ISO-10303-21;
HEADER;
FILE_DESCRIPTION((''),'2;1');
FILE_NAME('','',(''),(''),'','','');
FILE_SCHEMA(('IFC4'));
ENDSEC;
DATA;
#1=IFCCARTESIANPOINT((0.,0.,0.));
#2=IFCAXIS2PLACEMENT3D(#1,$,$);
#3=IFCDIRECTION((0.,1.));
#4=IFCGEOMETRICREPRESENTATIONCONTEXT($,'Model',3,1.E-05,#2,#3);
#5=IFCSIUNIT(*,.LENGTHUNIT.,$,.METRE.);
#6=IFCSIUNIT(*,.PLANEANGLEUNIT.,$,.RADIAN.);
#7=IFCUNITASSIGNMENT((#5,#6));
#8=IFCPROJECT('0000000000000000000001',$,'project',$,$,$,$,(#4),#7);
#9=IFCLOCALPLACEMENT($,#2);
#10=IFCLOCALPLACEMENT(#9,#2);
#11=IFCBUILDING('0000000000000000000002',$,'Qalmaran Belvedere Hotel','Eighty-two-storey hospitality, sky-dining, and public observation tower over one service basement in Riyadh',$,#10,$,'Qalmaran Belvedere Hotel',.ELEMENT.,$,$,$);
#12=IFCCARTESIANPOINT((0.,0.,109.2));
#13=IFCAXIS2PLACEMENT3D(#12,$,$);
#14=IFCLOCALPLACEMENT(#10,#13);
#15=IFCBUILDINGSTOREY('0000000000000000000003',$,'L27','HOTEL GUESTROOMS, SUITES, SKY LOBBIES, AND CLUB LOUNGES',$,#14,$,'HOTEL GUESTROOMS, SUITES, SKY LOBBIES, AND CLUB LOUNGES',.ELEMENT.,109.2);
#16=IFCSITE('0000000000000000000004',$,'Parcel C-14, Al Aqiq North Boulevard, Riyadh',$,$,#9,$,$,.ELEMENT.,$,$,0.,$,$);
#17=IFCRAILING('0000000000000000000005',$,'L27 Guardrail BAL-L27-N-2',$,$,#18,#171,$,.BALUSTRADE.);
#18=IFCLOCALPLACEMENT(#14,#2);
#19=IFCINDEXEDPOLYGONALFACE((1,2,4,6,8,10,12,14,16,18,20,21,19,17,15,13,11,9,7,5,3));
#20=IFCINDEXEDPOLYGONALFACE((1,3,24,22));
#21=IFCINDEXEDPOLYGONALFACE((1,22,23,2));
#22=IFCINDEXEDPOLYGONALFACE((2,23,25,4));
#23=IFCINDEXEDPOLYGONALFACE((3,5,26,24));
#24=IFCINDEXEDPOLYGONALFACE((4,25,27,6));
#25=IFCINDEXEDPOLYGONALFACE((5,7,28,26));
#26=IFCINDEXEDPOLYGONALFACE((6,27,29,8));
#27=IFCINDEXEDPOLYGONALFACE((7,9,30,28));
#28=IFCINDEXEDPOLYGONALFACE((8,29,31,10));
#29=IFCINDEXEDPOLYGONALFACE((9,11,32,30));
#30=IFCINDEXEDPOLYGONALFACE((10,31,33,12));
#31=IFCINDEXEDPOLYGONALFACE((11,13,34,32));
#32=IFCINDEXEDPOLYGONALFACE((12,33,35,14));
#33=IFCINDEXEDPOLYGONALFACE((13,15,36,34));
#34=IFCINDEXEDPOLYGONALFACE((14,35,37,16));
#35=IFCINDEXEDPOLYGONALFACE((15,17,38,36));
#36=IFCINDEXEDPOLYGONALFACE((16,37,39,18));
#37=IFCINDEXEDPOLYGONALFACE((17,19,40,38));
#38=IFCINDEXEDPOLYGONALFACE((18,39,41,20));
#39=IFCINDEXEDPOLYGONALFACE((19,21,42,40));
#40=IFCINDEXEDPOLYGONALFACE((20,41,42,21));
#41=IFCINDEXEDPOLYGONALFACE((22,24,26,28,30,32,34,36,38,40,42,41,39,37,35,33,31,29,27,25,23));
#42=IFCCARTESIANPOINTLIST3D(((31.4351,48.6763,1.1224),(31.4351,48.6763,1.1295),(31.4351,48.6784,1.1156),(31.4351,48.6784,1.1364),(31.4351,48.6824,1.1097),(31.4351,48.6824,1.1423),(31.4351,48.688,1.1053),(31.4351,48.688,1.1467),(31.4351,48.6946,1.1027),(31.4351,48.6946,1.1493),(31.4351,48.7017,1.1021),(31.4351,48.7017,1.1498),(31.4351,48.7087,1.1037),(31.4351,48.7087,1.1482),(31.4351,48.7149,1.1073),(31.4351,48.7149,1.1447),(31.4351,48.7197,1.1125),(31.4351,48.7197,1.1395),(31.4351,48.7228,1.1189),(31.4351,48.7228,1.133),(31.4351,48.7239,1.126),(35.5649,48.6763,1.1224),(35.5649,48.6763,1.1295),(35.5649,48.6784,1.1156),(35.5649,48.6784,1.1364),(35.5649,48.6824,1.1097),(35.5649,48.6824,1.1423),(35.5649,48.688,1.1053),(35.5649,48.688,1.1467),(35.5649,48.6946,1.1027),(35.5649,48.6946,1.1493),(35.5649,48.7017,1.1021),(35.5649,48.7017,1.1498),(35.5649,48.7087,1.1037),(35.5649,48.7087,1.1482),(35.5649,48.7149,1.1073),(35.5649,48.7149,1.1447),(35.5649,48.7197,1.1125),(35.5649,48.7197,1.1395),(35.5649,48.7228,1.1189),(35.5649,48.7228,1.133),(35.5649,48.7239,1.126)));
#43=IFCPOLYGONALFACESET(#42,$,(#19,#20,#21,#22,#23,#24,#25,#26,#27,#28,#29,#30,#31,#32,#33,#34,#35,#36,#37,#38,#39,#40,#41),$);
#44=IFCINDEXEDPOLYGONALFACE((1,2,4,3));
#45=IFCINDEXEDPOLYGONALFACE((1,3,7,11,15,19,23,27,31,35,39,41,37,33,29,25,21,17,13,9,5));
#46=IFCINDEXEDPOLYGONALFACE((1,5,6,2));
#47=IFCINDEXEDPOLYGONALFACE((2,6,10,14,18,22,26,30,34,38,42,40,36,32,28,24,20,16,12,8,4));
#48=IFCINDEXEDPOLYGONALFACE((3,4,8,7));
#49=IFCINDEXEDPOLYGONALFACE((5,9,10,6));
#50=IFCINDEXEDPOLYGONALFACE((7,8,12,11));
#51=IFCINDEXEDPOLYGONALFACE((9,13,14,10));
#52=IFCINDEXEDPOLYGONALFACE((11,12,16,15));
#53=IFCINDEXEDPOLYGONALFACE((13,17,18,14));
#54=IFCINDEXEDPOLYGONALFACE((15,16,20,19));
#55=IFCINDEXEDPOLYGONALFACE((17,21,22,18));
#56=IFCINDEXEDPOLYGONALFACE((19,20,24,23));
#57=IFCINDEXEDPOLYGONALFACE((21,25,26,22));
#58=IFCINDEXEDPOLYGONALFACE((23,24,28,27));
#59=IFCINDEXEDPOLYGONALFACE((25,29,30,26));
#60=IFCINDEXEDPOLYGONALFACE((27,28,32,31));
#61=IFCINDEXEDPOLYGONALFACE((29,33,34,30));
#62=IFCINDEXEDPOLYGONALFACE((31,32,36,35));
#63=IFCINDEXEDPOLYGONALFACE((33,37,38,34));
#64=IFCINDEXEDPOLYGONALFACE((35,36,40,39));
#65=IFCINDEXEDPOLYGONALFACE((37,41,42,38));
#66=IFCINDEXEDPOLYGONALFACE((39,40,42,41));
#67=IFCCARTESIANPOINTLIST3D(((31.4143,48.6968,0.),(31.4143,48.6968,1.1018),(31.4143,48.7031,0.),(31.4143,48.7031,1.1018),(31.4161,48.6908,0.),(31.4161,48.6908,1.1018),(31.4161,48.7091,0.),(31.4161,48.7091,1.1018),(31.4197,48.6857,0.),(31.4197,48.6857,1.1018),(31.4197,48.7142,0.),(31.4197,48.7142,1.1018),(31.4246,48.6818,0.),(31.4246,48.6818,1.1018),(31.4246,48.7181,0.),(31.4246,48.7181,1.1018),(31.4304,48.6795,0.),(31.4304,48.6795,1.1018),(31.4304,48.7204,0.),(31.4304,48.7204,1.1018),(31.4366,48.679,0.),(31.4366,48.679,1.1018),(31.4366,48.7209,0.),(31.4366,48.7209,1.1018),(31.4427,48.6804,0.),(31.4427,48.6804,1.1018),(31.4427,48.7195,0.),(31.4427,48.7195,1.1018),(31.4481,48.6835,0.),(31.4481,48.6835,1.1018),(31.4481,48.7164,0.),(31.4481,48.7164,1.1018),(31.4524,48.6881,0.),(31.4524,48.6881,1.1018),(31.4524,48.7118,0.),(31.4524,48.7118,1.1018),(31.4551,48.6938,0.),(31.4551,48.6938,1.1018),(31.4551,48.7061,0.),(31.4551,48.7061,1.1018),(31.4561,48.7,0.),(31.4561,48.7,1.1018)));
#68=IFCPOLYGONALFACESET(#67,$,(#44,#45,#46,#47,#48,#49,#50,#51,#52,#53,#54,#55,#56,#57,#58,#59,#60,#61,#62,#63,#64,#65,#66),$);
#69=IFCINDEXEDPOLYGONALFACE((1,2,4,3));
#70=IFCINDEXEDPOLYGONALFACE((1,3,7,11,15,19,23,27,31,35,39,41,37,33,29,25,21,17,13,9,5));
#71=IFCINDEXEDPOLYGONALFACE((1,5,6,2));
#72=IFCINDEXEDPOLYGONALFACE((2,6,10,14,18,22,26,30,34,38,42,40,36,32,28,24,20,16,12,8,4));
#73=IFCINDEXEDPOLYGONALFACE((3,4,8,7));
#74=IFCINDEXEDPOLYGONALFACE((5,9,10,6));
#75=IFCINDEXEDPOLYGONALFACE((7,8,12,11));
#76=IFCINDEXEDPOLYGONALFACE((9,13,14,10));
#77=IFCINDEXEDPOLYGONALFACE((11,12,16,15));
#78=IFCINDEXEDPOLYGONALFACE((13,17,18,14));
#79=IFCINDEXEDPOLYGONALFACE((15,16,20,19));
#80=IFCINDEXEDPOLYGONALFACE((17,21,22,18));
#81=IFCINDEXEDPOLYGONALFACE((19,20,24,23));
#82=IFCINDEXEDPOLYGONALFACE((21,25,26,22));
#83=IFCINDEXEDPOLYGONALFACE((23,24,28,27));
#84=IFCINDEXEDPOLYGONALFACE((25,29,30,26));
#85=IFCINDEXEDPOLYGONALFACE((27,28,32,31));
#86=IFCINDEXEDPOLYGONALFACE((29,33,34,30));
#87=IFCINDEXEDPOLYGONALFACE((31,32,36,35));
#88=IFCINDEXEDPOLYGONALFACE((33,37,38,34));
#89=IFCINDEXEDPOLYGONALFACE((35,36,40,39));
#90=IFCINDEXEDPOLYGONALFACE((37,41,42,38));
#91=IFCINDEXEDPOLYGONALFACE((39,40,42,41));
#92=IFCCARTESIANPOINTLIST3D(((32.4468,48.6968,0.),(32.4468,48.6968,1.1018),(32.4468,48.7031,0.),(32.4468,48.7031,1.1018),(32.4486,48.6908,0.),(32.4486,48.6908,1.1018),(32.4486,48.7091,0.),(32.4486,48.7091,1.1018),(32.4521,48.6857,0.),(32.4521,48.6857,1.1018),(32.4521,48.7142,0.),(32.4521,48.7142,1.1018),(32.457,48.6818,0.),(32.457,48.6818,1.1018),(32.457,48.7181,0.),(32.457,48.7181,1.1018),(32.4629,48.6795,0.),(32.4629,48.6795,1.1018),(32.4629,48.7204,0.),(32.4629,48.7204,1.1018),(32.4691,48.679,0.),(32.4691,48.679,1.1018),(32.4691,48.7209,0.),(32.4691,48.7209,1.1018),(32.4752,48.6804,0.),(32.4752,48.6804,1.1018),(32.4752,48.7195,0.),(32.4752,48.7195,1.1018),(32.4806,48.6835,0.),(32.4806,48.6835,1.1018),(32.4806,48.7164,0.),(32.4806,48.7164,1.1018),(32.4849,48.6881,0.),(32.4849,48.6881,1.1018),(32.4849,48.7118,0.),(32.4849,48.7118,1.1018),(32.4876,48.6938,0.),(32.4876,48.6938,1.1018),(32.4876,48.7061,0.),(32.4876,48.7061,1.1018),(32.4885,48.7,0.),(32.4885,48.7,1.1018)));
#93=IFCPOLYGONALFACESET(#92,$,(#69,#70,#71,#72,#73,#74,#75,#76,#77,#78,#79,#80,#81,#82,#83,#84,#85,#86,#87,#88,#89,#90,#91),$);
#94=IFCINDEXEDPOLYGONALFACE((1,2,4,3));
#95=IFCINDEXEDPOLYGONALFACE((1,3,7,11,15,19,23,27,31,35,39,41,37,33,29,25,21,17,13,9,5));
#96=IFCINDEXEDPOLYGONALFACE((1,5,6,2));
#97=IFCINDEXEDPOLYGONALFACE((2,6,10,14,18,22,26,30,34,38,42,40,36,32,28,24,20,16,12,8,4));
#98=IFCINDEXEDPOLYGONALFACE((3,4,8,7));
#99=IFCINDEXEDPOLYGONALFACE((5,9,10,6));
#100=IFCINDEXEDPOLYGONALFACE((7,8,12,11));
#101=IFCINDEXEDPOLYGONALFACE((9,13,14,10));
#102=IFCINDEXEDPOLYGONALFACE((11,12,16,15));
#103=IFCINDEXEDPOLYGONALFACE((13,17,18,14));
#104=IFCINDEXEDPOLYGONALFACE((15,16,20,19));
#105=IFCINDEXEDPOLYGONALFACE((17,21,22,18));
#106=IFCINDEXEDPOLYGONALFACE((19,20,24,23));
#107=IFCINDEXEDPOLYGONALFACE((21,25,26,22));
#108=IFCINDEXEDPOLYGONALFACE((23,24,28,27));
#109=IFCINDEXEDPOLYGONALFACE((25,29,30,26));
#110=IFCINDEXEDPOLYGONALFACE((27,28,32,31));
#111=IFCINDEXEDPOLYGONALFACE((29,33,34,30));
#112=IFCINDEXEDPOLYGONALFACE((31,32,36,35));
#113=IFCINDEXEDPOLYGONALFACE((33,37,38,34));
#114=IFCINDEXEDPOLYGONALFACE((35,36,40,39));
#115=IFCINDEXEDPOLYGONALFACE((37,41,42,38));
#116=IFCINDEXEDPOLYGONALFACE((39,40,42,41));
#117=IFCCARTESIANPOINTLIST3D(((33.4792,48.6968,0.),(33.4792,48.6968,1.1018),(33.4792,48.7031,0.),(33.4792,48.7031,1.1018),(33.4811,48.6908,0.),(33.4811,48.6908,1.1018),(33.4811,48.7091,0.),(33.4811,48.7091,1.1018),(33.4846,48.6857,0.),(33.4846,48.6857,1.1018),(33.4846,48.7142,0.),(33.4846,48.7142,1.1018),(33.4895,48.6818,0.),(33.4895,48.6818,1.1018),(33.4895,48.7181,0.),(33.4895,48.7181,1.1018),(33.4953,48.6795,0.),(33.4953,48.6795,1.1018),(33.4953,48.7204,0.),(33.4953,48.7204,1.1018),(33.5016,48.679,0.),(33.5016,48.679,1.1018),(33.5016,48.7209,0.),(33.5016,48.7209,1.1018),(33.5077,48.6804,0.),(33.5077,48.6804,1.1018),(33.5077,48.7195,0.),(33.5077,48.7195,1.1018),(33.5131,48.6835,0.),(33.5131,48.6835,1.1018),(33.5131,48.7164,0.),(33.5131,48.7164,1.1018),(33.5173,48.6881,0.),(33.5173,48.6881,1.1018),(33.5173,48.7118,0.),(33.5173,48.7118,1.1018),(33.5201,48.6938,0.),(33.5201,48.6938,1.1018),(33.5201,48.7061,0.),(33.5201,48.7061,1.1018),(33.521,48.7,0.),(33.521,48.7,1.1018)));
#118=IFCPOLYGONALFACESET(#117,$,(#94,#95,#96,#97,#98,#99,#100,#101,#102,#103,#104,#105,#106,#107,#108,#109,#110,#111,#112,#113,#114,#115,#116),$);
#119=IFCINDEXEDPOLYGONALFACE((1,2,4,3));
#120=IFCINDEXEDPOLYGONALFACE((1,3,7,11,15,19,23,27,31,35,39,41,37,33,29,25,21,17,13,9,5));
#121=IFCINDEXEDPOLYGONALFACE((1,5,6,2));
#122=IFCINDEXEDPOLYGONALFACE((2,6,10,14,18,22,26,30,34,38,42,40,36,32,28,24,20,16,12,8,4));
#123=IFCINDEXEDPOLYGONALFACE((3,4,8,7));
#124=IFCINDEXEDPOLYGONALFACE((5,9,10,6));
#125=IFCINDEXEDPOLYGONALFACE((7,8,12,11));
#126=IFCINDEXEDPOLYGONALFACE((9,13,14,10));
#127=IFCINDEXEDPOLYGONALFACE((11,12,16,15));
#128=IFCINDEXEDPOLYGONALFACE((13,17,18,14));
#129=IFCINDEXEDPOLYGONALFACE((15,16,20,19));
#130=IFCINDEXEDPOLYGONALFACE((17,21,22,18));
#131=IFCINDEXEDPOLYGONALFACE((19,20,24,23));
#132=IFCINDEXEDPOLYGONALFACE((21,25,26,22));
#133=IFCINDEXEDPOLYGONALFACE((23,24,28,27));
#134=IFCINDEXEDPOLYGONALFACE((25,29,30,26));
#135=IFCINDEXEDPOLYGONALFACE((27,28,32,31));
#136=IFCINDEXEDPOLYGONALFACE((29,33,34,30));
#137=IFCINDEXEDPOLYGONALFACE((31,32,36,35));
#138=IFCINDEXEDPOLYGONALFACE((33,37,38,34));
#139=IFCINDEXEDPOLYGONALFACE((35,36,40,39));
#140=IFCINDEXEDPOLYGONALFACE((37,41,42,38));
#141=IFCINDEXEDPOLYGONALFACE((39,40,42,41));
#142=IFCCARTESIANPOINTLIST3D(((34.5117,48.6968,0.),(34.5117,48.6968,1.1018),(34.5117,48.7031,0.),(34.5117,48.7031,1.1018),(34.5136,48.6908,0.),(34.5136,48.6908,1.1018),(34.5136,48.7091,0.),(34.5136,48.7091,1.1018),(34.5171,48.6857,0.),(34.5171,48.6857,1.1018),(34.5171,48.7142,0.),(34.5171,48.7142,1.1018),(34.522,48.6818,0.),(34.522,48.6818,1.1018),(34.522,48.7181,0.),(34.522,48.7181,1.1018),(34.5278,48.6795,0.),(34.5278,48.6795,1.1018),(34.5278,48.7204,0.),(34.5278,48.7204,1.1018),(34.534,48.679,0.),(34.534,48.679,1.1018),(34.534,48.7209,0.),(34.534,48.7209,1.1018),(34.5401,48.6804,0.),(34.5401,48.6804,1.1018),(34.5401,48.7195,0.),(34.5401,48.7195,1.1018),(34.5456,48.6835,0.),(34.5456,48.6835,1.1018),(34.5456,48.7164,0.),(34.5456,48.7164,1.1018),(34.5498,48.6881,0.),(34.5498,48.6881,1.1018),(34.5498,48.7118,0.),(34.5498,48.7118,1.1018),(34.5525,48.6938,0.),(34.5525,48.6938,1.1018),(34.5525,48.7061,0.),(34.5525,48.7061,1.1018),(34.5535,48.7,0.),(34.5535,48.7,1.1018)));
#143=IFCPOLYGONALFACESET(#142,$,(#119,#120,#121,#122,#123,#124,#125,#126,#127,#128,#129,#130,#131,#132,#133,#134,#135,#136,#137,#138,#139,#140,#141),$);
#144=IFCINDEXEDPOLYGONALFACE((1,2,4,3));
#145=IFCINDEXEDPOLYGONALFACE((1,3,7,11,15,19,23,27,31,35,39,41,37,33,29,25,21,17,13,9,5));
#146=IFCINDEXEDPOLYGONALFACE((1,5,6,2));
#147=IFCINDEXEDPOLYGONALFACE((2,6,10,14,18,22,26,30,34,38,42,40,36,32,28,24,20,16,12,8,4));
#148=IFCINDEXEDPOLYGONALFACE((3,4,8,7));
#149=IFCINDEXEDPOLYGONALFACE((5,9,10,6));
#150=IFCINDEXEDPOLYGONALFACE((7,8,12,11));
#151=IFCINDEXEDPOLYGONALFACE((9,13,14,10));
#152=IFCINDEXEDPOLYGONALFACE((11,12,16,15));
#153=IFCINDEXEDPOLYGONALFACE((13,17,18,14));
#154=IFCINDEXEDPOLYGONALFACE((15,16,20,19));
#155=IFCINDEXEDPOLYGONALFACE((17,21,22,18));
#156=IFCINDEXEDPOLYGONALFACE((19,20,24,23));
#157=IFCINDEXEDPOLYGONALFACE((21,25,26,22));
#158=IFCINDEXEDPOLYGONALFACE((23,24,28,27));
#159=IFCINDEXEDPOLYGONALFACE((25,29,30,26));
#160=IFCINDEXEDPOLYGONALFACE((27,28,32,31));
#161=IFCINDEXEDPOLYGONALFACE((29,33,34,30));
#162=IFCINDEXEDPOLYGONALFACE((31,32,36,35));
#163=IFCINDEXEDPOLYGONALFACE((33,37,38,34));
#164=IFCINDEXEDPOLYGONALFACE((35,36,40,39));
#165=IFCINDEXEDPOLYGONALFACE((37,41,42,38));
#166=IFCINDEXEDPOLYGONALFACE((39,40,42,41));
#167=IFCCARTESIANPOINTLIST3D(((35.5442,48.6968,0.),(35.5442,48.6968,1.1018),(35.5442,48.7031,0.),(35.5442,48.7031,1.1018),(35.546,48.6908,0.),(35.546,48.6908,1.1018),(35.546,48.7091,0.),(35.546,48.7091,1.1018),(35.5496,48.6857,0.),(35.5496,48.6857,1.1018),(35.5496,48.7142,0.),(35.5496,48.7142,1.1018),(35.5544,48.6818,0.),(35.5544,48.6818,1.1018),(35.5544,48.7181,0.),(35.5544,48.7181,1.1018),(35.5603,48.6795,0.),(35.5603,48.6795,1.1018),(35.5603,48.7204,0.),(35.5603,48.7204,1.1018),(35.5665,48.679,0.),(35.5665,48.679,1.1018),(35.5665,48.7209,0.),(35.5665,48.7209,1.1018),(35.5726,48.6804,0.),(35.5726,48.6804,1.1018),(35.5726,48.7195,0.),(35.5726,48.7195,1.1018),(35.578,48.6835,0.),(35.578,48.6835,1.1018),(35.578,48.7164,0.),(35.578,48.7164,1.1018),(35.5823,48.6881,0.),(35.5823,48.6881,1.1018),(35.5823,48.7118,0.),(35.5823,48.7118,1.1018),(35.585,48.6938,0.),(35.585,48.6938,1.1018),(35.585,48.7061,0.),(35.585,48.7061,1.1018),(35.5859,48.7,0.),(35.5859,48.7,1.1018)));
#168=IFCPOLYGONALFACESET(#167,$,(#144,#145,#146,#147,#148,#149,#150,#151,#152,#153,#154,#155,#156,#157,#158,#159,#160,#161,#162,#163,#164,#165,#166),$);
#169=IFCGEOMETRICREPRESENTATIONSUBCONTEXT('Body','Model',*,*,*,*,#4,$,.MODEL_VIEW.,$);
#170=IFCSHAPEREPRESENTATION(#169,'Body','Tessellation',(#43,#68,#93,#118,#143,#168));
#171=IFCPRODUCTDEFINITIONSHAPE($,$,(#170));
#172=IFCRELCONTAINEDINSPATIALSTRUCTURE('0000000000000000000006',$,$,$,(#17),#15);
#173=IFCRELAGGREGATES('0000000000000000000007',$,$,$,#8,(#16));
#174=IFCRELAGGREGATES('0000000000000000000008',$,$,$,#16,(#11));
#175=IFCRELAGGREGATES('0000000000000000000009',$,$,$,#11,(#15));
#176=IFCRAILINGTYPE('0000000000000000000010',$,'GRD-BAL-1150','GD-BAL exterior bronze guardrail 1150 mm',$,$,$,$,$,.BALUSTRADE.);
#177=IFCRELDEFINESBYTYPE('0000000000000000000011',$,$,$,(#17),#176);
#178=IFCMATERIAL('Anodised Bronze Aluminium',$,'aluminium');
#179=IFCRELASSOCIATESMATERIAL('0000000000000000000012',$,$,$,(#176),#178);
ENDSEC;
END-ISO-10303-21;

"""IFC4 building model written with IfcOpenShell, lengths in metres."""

from ifc_helpers import new_model, si_unit, direction, frame, origin, origin_2d, place, context, subcontext, project, spatial, circle, extrude, material, type_object, element, save


model = new_model("IFC4")

# Units and contexts
model_context = context("Model", 3, precision=1e-05, world=origin(), true_north=direction((0.0, 1.0)))
body_context = subcontext(model_context, "Body", "Model", "MODEL_VIEW")
ifc_project = project(units=[si_unit("LENGTHUNIT", "METRE"), si_unit("PLANEANGLEUNIT", "RADIAN")], contexts=[model_context])

# Site, building, storey
site_placement = place(None, origin())
site = spatial("IfcSite", under=ifc_project, at=site_placement, Name="Parcel C-14, Al Aqiq North Boulevard, Riyadh", CompositionType="ELEMENT", RefElevation=0.0)
building_placement = place(site_placement, origin())
building = spatial("IfcBuilding", under=site, at=building_placement, Name="Qalmaran Belvedere Hotel", Description="Eighty-two-storey hospitality, sky-dining, and public observation tower over one service basement in Riyadh", LongName="Qalmaran Belvedere Hotel", CompositionType="ELEMENT")
storey_placement = place(building_placement, frame((0.0, 0.0, 109.2)))
storey = spatial("IfcBuildingStorey", under=building, at=storey_placement, Name="L27", Description="HOTEL GUESTROOMS, SUITES, SKY LOBBIES, AND CLUB LOUNGES", LongName="HOTEL GUESTROOMS, SUITES, SKY LOBBIES, AND CLUB LOUNGES", CompositionType="ELEMENT", Elevation=109.2)

# Shared definitions
ifc_material_1 = material(Name="Anodised Bronze Aluminium", Category="aluminium")

# Railing
railing_type = type_object("IfcRailingType", Name="GRD-BAL-1150", Description="GD-BAL exterior bronze guardrail 1150 mm", PredefinedType="BALUSTRADE", material=ifc_material_1)
railing_1_placement = place(storey_placement, frame((31.4351, 48.7, 0.0)))
element("IfcRailing", 1, at=railing_1_placement, inside=storey, type_object=railing_type, Name="L27 Guardrail BAL-L27-N-2", PredefinedType="BALUSTRADE", context=body_context, shape_type="SweptSolid", body=[
    extrude(circle(Radius=0.0239, at=origin_2d()), frame((0.0, 0.0, 1.126), z_axis=(1.0, 0.0, 0.0), x_axis=(0.0, 1.0, 0.0)), (0.0, 0.0, 1.0), 4.1299),
    extrude(circle(Radius=0.021, at=origin_2d()), origin(), (0.0, 0.0, 1.0), 1.1018),
    extrude(circle(Radius=0.021, at=origin_2d()), frame((1.0325, 0.0, 0.0)), (0.0, 0.0, 1.0), 1.1018),
    extrude(circle(Radius=0.021, at=origin_2d()), frame((2.0649, 0.0, 0.0)), (0.0, 0.0, 1.0), 1.1018),
    extrude(circle(Radius=0.021, at=origin_2d()), frame((3.0974, 0.0, 0.0)), (0.0, 0.0, 1.0), 1.1018),
    extrude(circle(Radius=0.021, at=origin_2d()), frame((4.1299, 0.0, 0.0)), (0.0, 0.0, 1.0), 1.1018),
])

save(model, "model.ifc")
